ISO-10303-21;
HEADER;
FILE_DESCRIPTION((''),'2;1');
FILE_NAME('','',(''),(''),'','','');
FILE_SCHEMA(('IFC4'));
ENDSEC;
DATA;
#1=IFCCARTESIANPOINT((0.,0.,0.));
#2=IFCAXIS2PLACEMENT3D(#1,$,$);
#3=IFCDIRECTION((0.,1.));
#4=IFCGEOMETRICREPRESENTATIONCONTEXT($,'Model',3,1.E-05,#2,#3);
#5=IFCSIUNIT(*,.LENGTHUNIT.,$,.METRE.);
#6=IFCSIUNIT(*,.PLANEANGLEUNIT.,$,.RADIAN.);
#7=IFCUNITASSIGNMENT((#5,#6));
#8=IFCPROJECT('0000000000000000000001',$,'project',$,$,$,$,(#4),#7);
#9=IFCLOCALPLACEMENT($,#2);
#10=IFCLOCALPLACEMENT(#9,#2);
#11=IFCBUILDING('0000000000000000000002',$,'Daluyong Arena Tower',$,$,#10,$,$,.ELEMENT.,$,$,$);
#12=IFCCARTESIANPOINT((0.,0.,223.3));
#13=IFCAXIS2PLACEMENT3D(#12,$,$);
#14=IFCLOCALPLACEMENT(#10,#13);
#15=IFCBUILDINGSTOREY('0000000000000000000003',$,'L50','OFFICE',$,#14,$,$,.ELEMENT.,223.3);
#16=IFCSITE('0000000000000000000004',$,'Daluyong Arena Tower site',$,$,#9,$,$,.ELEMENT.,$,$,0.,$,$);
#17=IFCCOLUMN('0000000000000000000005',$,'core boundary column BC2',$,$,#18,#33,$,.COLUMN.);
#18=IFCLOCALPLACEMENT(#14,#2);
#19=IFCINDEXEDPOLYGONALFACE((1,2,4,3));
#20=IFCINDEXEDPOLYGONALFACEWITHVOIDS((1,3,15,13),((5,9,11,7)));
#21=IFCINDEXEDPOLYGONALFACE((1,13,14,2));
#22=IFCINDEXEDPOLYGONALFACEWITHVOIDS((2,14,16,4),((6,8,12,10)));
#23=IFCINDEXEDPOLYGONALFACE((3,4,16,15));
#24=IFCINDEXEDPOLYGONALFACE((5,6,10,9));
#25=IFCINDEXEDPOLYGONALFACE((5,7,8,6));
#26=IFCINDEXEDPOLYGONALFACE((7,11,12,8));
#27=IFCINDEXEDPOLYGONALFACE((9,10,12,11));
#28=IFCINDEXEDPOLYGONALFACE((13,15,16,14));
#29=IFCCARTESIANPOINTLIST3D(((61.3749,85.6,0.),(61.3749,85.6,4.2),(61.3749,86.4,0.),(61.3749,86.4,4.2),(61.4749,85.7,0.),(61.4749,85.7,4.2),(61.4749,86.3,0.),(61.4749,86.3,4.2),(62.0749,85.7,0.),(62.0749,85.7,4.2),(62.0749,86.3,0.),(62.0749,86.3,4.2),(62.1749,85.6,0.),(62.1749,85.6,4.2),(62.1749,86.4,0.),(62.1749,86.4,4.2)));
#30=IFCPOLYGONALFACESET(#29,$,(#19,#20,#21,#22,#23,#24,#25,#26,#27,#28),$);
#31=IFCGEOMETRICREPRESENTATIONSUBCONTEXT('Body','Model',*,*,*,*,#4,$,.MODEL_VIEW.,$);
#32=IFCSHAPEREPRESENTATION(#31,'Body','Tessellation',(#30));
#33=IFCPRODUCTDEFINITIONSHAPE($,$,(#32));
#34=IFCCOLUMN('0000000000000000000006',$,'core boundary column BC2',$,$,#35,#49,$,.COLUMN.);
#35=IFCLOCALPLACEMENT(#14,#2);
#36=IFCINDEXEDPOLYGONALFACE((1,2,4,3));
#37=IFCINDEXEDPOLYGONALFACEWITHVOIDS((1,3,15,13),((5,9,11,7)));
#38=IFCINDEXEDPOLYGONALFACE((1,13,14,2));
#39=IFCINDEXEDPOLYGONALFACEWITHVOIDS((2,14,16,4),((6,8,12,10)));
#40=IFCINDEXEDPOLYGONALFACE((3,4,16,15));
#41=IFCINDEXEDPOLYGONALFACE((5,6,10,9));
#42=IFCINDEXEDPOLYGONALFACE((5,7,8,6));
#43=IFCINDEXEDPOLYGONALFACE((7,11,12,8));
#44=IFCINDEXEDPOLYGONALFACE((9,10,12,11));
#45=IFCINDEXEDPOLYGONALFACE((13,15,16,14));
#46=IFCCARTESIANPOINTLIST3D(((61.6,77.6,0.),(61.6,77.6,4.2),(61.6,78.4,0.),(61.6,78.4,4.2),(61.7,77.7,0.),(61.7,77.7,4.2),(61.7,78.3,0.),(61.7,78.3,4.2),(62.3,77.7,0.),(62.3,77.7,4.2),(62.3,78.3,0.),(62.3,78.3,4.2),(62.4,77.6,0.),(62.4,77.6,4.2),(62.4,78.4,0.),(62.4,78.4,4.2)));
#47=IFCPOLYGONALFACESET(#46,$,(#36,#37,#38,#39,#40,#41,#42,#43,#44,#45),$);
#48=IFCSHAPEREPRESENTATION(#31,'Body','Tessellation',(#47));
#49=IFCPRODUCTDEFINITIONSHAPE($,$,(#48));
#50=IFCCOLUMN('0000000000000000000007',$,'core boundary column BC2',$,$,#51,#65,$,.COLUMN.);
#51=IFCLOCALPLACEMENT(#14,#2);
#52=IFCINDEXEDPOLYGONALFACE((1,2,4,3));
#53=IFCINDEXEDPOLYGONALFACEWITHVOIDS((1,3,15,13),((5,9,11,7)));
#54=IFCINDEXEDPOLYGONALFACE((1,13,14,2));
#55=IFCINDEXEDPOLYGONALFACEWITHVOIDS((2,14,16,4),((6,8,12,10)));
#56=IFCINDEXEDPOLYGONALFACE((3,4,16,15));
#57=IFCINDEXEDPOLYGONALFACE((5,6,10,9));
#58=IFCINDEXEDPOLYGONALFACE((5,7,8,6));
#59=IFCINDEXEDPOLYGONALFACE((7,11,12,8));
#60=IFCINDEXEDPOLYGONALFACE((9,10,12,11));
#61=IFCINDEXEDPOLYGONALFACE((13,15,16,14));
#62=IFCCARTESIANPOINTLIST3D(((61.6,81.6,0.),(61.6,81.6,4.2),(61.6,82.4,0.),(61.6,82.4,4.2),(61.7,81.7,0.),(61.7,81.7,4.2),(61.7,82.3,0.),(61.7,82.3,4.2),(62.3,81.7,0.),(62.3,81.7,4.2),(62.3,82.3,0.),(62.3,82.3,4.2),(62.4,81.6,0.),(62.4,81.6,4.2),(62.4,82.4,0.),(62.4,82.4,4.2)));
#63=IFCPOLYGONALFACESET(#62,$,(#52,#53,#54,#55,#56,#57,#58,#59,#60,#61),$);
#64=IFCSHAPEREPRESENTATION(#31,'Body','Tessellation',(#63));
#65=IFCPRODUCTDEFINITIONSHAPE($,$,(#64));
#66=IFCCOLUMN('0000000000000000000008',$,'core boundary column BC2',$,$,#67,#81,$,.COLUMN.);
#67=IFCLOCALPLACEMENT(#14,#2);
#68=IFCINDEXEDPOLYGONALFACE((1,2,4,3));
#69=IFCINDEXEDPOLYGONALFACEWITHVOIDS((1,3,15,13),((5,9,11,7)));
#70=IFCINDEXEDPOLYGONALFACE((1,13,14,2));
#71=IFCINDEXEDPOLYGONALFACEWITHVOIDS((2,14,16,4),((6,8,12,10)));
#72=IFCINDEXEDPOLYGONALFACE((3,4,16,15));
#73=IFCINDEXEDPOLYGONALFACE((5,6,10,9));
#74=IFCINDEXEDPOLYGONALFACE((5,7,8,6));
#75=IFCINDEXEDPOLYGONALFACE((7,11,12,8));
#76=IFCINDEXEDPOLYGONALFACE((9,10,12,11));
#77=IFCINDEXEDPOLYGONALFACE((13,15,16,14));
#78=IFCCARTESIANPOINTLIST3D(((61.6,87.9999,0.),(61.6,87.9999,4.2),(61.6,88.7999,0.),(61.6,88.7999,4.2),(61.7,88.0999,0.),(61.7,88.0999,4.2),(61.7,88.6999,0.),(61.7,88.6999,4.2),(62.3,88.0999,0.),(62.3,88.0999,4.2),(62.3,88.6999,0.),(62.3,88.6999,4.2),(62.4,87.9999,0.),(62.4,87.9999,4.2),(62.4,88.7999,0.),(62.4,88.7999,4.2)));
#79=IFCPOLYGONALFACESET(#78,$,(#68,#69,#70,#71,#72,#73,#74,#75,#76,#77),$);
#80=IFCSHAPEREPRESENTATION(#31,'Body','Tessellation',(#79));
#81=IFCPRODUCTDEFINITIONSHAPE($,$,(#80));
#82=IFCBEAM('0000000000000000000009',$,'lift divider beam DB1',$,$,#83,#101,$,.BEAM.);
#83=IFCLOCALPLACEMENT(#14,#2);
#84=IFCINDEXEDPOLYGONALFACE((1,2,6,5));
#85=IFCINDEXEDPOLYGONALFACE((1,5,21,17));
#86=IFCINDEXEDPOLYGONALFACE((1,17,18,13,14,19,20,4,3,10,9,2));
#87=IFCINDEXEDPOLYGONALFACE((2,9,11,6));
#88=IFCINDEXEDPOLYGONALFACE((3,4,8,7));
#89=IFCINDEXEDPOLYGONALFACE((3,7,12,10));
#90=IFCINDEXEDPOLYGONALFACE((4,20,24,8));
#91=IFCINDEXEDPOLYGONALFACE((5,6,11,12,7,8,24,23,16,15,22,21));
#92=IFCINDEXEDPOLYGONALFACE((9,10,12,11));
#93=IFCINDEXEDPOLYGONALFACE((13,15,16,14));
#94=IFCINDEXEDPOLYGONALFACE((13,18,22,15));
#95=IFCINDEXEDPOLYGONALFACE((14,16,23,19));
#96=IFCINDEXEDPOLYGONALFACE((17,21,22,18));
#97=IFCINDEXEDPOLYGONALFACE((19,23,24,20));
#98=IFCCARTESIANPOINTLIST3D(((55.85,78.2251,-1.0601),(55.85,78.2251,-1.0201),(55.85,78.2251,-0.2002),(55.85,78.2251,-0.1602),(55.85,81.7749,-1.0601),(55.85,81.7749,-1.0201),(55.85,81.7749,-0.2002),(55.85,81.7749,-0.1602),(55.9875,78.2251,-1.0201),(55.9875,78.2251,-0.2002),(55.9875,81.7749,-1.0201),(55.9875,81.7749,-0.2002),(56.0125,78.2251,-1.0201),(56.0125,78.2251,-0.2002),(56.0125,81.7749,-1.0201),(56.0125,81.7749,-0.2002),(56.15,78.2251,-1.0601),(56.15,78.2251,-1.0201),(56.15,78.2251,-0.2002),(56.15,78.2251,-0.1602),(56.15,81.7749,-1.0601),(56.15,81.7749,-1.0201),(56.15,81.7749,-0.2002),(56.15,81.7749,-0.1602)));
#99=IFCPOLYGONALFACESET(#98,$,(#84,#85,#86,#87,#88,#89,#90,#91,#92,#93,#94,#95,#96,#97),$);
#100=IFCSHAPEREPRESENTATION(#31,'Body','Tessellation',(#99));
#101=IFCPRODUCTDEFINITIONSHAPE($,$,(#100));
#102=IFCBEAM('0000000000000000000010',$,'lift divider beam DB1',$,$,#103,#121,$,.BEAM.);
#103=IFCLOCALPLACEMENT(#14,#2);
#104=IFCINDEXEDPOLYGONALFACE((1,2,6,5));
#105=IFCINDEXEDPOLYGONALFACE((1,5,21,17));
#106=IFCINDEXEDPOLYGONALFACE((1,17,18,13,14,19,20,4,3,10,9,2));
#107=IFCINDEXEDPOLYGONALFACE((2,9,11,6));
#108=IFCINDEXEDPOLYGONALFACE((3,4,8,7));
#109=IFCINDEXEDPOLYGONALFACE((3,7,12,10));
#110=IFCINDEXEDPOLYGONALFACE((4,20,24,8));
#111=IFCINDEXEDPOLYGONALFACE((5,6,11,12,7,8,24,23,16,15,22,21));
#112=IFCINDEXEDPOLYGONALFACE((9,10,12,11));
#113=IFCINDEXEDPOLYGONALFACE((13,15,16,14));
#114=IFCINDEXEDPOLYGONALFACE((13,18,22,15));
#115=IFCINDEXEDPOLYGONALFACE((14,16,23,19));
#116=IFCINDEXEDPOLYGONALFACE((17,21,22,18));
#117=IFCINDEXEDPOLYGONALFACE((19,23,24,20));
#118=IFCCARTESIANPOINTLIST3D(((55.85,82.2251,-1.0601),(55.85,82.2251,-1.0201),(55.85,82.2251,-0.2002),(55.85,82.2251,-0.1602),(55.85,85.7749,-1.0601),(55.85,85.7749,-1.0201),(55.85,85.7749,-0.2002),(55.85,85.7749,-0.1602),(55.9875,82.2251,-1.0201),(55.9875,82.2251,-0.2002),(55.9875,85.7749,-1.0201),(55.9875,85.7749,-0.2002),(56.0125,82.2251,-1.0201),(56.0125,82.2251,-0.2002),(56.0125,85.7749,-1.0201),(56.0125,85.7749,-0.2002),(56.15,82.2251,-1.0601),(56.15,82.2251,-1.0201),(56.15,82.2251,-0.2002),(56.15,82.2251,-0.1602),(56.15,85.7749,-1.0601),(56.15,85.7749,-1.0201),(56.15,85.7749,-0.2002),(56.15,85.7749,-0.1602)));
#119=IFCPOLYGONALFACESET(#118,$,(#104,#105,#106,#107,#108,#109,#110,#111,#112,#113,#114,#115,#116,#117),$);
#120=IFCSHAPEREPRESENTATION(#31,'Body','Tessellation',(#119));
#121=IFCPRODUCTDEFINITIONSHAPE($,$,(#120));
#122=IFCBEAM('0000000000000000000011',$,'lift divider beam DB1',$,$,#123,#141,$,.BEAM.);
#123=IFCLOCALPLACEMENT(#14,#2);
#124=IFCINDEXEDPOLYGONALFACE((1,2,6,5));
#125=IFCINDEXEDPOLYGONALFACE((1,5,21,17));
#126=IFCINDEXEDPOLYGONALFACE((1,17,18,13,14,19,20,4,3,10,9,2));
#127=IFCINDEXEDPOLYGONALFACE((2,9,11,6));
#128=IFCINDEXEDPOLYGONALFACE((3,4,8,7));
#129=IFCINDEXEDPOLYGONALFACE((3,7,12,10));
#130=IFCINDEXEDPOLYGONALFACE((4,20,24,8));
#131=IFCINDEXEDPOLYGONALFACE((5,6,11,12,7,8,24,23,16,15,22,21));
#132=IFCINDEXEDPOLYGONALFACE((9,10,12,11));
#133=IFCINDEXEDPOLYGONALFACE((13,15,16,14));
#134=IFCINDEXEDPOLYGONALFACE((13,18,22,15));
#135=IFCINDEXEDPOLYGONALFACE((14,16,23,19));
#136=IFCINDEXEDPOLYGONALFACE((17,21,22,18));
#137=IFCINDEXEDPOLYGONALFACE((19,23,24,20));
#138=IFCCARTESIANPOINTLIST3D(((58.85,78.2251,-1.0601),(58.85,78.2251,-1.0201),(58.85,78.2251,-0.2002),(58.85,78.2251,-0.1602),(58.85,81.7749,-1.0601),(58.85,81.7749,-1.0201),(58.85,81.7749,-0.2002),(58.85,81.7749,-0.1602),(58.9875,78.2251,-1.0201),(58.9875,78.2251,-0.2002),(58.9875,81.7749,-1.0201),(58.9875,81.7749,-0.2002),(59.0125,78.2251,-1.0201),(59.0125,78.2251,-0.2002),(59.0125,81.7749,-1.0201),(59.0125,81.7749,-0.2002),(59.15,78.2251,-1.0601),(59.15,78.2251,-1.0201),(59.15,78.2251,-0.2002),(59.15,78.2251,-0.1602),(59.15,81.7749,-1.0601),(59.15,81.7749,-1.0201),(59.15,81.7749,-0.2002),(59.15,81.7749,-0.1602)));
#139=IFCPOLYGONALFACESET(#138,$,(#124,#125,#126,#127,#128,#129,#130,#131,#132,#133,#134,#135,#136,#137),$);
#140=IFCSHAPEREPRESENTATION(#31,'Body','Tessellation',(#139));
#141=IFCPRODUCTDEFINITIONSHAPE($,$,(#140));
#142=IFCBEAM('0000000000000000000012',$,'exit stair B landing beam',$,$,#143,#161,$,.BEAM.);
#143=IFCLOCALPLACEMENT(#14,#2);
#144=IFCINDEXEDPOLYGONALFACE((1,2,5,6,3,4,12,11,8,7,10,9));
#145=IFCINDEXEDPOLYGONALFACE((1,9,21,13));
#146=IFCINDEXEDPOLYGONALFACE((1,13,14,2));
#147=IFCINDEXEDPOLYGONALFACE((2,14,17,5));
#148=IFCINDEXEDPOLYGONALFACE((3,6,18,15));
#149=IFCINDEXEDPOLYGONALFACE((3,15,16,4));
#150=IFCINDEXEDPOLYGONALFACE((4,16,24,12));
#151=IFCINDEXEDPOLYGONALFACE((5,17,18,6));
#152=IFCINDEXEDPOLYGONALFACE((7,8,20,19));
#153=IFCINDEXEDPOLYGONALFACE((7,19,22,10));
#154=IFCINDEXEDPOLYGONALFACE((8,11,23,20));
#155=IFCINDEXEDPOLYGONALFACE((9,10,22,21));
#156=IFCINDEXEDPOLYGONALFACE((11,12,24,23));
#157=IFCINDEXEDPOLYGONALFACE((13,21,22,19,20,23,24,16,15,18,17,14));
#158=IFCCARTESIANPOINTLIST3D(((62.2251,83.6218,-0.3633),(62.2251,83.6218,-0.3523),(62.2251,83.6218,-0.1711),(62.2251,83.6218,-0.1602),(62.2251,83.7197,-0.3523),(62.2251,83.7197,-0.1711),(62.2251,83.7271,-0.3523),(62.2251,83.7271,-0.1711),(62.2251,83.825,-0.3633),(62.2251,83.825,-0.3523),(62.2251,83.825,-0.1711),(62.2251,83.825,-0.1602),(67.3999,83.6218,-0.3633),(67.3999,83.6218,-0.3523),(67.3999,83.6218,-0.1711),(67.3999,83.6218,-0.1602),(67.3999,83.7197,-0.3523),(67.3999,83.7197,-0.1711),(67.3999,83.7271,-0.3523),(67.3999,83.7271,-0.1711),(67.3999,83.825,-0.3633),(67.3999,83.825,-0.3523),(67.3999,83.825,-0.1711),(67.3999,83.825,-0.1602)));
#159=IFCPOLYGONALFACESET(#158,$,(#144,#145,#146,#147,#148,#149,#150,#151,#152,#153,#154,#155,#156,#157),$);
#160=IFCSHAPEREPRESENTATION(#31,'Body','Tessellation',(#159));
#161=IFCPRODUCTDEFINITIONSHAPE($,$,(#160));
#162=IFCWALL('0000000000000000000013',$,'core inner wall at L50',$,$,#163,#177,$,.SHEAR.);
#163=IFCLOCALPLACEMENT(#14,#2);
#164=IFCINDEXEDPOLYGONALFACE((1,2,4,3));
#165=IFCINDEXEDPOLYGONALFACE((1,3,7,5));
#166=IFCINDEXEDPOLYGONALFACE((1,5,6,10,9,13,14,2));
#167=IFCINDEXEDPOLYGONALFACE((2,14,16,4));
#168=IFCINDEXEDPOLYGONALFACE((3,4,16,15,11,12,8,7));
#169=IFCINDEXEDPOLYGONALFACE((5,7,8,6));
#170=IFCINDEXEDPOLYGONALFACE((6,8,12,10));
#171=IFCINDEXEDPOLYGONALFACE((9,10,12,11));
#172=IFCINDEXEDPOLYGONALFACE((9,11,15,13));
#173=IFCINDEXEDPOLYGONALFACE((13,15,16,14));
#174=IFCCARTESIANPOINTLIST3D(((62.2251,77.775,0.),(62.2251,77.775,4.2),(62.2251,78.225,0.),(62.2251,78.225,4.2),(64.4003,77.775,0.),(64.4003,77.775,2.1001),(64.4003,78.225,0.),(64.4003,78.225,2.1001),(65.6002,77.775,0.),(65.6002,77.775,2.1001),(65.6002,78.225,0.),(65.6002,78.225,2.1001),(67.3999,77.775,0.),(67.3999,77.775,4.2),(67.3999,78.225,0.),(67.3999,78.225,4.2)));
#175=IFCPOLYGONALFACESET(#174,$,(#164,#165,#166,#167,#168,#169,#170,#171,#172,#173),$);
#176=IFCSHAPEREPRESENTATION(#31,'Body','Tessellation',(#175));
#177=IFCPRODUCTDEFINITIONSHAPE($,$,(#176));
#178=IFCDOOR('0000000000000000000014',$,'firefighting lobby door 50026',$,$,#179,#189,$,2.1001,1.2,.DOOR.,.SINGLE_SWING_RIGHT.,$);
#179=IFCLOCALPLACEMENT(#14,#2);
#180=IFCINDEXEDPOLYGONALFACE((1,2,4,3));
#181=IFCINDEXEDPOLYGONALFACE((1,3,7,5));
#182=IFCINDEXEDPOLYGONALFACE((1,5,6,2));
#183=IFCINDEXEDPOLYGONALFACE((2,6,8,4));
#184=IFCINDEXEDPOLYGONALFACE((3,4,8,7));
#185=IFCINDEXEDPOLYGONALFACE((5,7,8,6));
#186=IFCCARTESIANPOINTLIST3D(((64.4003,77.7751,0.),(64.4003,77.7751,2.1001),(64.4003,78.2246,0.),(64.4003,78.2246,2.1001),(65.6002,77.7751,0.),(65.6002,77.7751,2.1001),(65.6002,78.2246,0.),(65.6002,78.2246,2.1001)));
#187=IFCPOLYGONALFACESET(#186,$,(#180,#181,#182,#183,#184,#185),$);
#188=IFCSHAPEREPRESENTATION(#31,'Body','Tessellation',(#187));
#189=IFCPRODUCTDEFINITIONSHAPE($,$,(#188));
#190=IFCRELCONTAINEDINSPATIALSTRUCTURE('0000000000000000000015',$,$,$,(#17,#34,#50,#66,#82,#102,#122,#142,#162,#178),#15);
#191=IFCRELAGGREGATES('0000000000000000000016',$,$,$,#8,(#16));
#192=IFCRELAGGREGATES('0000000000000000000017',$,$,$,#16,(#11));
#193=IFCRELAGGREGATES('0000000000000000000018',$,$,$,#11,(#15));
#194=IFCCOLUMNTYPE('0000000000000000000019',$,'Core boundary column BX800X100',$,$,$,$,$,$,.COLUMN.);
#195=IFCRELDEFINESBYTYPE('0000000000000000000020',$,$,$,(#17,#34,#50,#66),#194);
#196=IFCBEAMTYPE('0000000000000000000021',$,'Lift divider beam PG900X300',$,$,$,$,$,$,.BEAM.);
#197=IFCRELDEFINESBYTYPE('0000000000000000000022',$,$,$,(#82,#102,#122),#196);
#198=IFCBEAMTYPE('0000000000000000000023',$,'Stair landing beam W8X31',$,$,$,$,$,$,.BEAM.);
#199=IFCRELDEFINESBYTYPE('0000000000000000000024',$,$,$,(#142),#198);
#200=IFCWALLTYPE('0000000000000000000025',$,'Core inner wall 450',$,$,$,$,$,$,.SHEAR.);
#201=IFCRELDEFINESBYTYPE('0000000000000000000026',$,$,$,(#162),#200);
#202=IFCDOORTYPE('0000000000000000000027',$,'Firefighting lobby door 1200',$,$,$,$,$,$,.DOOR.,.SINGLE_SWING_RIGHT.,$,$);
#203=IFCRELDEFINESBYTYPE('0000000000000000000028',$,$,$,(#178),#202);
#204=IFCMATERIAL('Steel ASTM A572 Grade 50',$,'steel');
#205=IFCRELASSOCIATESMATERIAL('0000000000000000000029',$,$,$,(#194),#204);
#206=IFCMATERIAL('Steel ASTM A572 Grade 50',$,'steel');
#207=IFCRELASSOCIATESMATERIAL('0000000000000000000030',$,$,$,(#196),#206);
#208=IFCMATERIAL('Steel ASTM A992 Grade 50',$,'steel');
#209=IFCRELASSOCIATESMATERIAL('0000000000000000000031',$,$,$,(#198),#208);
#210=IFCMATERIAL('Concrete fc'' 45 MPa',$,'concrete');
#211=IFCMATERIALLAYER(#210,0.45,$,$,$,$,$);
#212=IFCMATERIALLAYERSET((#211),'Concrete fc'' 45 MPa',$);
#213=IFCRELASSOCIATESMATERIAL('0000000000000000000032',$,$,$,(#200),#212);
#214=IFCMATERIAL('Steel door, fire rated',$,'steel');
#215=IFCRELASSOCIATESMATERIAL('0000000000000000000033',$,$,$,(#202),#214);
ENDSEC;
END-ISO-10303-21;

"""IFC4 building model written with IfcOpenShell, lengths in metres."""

from ifc_helpers import new_model, si_unit, direction, frame, frame_2d, origin, origin_2d, place, context, subcontext, project, spatial, rectangle, hollow_rectangle, i_section, extrude, material, layer, layer_set, material_profile, profile_set, type_object, element, fill, save


model = new_model("IFC4")

# Units and contexts
model_context = context("Model", 3, precision=1e-05, world=origin(), true_north=direction((0.0, 1.0)))
body_context = subcontext(model_context, "Body", "Model", "MODEL_VIEW")
ifc_project = project(units=[si_unit("LENGTHUNIT", "METRE"), si_unit("PLANEANGLEUNIT", "RADIAN")], contexts=[model_context])

# Site, building, storey
site_placement = place(None, origin())
site = spatial("IfcSite", under=ifc_project, at=site_placement, Name="Daluyong Arena Tower site", CompositionType="ELEMENT", RefElevation=0.0)
building_placement = place(site_placement, origin())
building = spatial("IfcBuilding", under=site, at=building_placement, Name="Daluyong Arena Tower", CompositionType="ELEMENT")
storey_placement = place(building_placement, frame((0.0, 0.0, 223.3)))
storey = spatial("IfcBuildingStorey", under=building, at=storey_placement, Name="L50", Description="OFFICE", CompositionType="ELEMENT", Elevation=223.3)

# Columns
ifc_material_1 = material(Name="Steel ASTM A572 Grade 50", Category="steel")
ifc_material_profile_1 = material_profile(ifc_material_1, hollow_rectangle(XDim=0.8, YDim=0.8, WallThickness=0.1, at=origin_2d()))
ifc_profile_set_1 = profile_set([ifc_material_profile_1], Name="Steel ASTM A572 Grade 50")
column_type = type_object("IfcColumnType", Name="Core boundary column BX800X100", PredefinedType="COLUMN", material=ifc_profile_set_1)
for number, where, z_axis, x_axis, name in (
    (1, (61.7749, 86.0, 0.0), (0.0, 0.0, 1.0), (1.0, 0.0, 0.0), "core boundary column BC2"),
    (2, (62.0, 78.0, 0.0), (0.0, 0.0, 1.0), (1.0, 0.0, 0.0), "core boundary column BC2"),
    (3, (62.0, 82.0, 0.0), (0.0, 0.0, 1.0), (1.0, 0.0, 0.0), "core boundary column BC2"),
    (4, (62.0, 88.3999, 0.0), (0.0, 0.0, 1.0), (1.0, 0.0, 0.0), "core boundary column BC2"),
):
    element("IfcColumn", number, at=place(storey_placement, frame(where, z_axis=z_axis, x_axis=x_axis)), inside=storey, type_object=column_type, Name=name, PredefinedType="COLUMN", context=body_context, shape_type="SweptSolid", body=[
        extrude(hollow_rectangle(XDim=0.8, YDim=0.8, WallThickness=0.1, at=origin_2d()), origin(), (0.0, 0.0, 1.0), 4.2),
    ])

# Beams
ifc_material_2 = material(Name="Steel ASTM A572 Grade 50", Category="steel")
ifc_material_profile_2 = material_profile(ifc_material_2, i_section(OverallWidth=0.3, OverallDepth=0.8999, WebThickness=0.025, FlangeThickness=0.04, at=origin_2d()))
ifc_profile_set_2 = profile_set([ifc_material_profile_2], Name="Steel ASTM A572 Grade 50")
beam_type_1 = type_object("IfcBeamType", Name="Lift divider beam PG900X300", PredefinedType="BEAM", material=ifc_profile_set_2)
for number, where, z_axis, x_axis, name in (
    (5, (56.0, 78.2251, -0.6101), (0.0, 1.0, 0.0), (-1.0, 0.0, 0.0), "lift divider beam DB1"),
    (6, (56.0, 82.2251, -0.6101), (0.0, 1.0, 0.0), (-1.0, 0.0, 0.0), "lift divider beam DB1"),
    (7, (59.0, 78.2251, -0.6101), (0.0, 1.0, 0.0), (-1.0, 0.0, 0.0), "lift divider beam DB1"),
):
    element("IfcBeam", number, at=place(storey_placement, frame(where, z_axis=z_axis, x_axis=x_axis)), inside=storey, type_object=beam_type_1, Name=name, PredefinedType="BEAM", context=body_context, shape_type="SweptSolid", body=[
        extrude(i_section(OverallWidth=0.3, OverallDepth=0.8999, WebThickness=0.025, FlangeThickness=0.04, at=origin_2d()), origin(), (0.0, 0.0, 1.0), 3.5498),
    ])
ifc_material_3 = material(Name="Steel ASTM A992 Grade 50", Category="steel")
ifc_material_profile_3 = material_profile(ifc_material_3, i_section(OverallWidth=0.2031, OverallDepth=0.2031, WebThickness=0.0073, FlangeThickness=0.011, at=origin_2d()))
ifc_profile_set_3 = profile_set([ifc_material_profile_3], Name="Steel ASTM A992 Grade 50")
beam_type_2 = type_object("IfcBeamType", Name="Stair landing beam W8X31", PredefinedType="BEAM", material=ifc_profile_set_3)
beam_placement = place(storey_placement, frame((62.2251, 83.7234, -0.2617), z_axis=(1.0, 0.0, 0.0), x_axis=(0.0, 1.0, 0.0)))
element("IfcBeam", 8, at=beam_placement, inside=storey, type_object=beam_type_2, Name="exit stair B landing beam", PredefinedType="BEAM", context=body_context, shape_type="SweptSolid", body=[
    extrude(i_section(OverallWidth=0.2031, OverallDepth=0.2031, WebThickness=0.0073, FlangeThickness=0.011, at=origin_2d()), origin(), (0.0, 0.0, 1.0), 5.1748),
])

# Wall, opening, door
ifc_material_4 = material(Name="Concrete fc' 45 MPa", Category="concrete")
ifc_layer_1 = layer(ifc_material_4, 0.45)
ifc_layer_set_1 = layer_set([ifc_layer_1], Name="Concrete fc' 45 MPa")
wall_type_1 = type_object("IfcWallType", Name="Core inner wall 450", PredefinedType="SHEAR", material=ifc_layer_set_1)
wall_1_placement = place(storey_placement, frame((62.2251, 78.0, 0.0), z_axis=(0.0, 0.0, 1.0), x_axis=(1.0, 0.0, 0.0)))
wall_1 = element("IfcWall", 9, at=wall_1_placement, inside=storey, type_object=wall_type_1, Name="core inner wall at L50", PredefinedType="SHEAR", context=body_context, shape_type="SweptSolid", body=[
    extrude(rectangle(XDim=5.1748, YDim=0.45, at=frame_2d((2.5874, 0.0))), origin(), (0.0, 0.0, 1.0), 4.2),
])
opening_1_placement = place(wall_1_placement, frame((2.175, 0.0, 0.0)))
opening_1 = element("IfcOpeningElement", 10, at=opening_1_placement, cuts=wall_1, PredefinedType="OPENING", context=body_context, shape_type="SweptSolid", body=[
    extrude(rectangle(XDim=1.2, YDim=2.1001, at=frame_2d((0.6001, 1.05))), frame((0.0, 0.2349, 0.0), z_axis=(0.0, -1.0, 0.0), x_axis=(1.0, 0.0, 0.0)), (0.0, 0.0, 1.0), 0.47),
])
ifc_material_5 = material(Name="Steel door, fire rated", Category="steel")
door_type_1 = type_object("IfcDoorType", Name="Firefighting lobby door 1200", OperationType="SINGLE_SWING_RIGHT", PredefinedType="DOOR", material=ifc_material_5)
door_1_placement = place(opening_1_placement, origin())
door_1 = element("IfcDoor", 11, at=door_1_placement, inside=storey, type_object=door_type_1, Name="firefighting lobby door 50026", OperationType="SINGLE_SWING_RIGHT", OverallHeight=2.1001, OverallWidth=1.2, PredefinedType="DOOR", context=body_context, shape_type="SweptSolid", body=[
    extrude(rectangle(XDim=1.2, YDim=2.1001, at=frame_2d((0.6001, 1.05))), frame((0.0, 0.2246, 0.0), z_axis=(0.0, -1.0, 0.0), x_axis=(1.0, 0.0, 0.0)), (0.0, 0.0, 1.0), 0.4495),
])
fill(opening_1, door_1)

save(model, "model.ifc")
